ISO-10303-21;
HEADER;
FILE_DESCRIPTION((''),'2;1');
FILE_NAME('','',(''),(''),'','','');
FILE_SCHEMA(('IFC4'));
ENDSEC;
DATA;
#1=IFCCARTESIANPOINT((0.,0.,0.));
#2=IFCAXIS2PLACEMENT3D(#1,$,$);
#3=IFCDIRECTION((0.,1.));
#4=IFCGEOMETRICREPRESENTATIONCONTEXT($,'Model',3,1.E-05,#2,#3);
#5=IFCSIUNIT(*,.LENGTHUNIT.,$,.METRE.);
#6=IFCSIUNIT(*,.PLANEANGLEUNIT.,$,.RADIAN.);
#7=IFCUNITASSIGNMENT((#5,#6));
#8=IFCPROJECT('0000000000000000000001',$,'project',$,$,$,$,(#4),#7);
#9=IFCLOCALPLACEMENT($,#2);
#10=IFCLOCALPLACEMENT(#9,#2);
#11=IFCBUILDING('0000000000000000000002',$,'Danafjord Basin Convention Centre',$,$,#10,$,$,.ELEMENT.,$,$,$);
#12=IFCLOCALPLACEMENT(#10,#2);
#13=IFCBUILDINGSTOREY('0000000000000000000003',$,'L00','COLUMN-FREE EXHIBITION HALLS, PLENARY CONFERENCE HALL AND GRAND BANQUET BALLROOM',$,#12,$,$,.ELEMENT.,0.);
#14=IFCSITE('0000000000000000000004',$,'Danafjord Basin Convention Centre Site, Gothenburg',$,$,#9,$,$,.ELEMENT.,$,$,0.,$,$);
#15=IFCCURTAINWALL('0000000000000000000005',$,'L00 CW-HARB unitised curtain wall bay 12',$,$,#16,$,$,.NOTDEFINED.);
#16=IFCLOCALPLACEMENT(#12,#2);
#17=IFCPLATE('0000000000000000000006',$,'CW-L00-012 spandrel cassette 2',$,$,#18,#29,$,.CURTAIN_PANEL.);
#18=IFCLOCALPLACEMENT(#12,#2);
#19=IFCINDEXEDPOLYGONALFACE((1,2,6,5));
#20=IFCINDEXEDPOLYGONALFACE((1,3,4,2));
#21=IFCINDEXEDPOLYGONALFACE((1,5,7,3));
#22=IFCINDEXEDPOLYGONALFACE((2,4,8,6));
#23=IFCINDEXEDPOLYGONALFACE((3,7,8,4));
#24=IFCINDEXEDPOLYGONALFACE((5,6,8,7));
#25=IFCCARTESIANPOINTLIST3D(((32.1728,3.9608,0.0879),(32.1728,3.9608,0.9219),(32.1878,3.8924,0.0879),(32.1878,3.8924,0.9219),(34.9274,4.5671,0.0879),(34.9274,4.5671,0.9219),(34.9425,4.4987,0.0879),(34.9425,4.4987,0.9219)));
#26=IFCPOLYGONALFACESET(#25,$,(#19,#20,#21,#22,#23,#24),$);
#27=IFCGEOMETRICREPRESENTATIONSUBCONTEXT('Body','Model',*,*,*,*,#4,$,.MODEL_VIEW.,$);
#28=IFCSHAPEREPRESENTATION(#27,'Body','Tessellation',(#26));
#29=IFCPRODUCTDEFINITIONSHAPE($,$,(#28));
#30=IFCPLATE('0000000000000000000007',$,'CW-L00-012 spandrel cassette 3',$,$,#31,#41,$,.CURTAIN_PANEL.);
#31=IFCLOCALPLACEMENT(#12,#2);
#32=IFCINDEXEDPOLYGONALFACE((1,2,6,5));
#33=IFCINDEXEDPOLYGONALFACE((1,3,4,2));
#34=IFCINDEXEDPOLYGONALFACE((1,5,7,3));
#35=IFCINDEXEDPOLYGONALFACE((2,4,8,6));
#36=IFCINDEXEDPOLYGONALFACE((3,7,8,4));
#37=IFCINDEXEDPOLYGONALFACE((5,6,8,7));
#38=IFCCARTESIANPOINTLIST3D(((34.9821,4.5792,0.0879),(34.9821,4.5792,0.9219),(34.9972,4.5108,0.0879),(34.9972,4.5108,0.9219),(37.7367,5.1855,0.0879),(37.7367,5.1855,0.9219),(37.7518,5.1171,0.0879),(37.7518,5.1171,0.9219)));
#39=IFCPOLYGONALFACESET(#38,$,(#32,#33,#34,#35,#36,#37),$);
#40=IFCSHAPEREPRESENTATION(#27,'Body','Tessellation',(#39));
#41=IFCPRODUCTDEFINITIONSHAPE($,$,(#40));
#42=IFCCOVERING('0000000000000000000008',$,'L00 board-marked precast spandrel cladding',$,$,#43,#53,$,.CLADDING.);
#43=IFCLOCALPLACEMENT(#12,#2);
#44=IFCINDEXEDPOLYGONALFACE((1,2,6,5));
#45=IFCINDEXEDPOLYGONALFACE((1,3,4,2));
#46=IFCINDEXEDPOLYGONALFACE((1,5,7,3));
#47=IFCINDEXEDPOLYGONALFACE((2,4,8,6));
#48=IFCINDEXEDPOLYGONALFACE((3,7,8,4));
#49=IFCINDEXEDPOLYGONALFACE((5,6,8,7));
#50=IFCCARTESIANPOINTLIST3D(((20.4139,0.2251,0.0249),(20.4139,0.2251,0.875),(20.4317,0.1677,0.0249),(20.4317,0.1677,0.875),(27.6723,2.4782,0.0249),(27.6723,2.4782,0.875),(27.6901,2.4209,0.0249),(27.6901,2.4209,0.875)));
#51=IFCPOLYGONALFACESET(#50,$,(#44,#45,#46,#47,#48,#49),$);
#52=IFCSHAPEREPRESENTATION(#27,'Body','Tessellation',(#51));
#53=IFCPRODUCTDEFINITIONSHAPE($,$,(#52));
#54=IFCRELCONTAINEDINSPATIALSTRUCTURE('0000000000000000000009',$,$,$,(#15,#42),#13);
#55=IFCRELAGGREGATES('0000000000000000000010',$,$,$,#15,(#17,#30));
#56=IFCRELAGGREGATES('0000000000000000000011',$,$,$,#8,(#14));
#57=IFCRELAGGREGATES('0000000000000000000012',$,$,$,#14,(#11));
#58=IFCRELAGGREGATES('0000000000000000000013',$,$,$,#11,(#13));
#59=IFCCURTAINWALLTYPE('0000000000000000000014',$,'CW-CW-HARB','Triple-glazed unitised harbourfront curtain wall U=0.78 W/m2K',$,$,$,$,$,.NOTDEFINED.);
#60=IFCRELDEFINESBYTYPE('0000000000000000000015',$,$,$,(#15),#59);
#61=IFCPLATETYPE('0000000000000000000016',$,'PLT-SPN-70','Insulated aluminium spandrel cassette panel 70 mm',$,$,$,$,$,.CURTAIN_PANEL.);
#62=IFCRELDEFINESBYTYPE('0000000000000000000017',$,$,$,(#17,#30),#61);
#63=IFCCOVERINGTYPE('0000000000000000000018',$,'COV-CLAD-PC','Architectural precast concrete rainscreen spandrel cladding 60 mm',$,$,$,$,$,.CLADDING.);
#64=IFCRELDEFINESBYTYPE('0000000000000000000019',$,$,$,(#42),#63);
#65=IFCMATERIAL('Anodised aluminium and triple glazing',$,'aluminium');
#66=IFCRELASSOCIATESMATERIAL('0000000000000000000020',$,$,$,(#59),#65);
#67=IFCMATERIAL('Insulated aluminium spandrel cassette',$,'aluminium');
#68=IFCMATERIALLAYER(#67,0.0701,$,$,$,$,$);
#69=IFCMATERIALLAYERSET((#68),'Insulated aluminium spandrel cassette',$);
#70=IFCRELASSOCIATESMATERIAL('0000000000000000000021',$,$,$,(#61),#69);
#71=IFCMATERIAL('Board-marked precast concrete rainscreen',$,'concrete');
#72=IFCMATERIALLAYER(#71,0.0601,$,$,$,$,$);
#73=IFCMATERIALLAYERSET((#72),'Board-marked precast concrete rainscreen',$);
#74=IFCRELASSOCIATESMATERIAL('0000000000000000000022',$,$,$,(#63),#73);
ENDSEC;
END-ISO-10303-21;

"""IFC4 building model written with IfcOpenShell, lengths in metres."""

from ifc_helpers import new_model, si_unit, direction, frame, origin, origin_2d, place, context, subcontext, project, spatial, rectangle, extrude, material, layer, layer_set, type_object, element, aggregate, save


model = new_model("IFC4")

# Units and contexts
model_context = context("Model", 3, precision=1e-05, world=origin(), true_north=direction((0.0, 1.0)))
body_context = subcontext(model_context, "Body", "Model", "MODEL_VIEW")
ifc_project = project(units=[si_unit("LENGTHUNIT", "METRE"), si_unit("PLANEANGLEUNIT", "RADIAN")], contexts=[model_context])

# Site, building, storey
site_placement = place(None, origin())
site = spatial("IfcSite", under=ifc_project, at=site_placement, Name="Danafjord Basin Convention Centre Site, Gothenburg", CompositionType="ELEMENT", RefElevation=0.0)
building_placement = place(site_placement, origin())
building = spatial("IfcBuilding", under=site, at=building_placement, Name="Danafjord Basin Convention Centre", CompositionType="ELEMENT")
storey_placement = place(building_placement, origin())
storey = spatial("IfcBuildingStorey", under=building, at=storey_placement, Name="L00", Description="COLUMN-FREE EXHIBITION HALLS, PLENARY CONFERENCE HALL AND GRAND BANQUET BALLROOM", CompositionType="ELEMENT", Elevation=0.0)

# Curtain wall
ifc_material_1 = material(Name="Anodised aluminium and triple glazing", Category="aluminium")
curtain_wall_type = type_object("IfcCurtainWallType", Name="CW-CW-HARB", Description="Triple-glazed unitised harbourfront curtain wall U=0.78 W/m2K", PredefinedType="NOTDEFINED", material=ifc_material_1)
curtain_wall_placement = place(storey_placement, origin())
curtain_wall = element("IfcCurtainWall", 1, at=curtain_wall_placement, inside=storey, type_object=curtain_wall_type, Name="L00 CW-HARB unitised curtain wall bay 12", PredefinedType="NOTDEFINED")

# Plates
ifc_material_2 = material(Name="Insulated aluminium spandrel cassette", Category="aluminium")
ifc_layer_1 = layer(ifc_material_2, 0.0701)
ifc_layer_set_1 = layer_set([ifc_layer_1], Name="Insulated aluminium spandrel cassette")
plate_type_1 = type_object("IfcPlateType", Name="PLT-SPN-70", Description="Insulated aluminium spandrel cassette panel 70 mm", PredefinedType="CURTAIN_PANEL", material=ifc_layer_set_1)
plate_1_placement = place(storey_placement, frame((33.5576, 4.2297, 0.0879), z_axis=(0.0, 0.0, 1.0), x_axis=(0.976623, 0.214959, 0.0)))
plate_1 = element("IfcPlate", 2, at=plate_1_placement, type_object=plate_type_1, Name="CW-L00-012 spandrel cassette 2", PredefinedType="CURTAIN_PANEL", context=body_context, shape_type="SweptSolid", body=[
    extrude(rectangle(XDim=2.8206, YDim=0.0701, at=origin_2d()), origin(), (0.0, 0.0, 1.0), 0.834),
])
plate_2_placement = place(storey_placement, frame((36.3669, 4.8481, 0.0879), z_axis=(0.0, 0.0, 1.0), x_axis=(0.976623, 0.214959, 0.0)))
plate_2 = element("IfcPlate", 3, at=plate_2_placement, type_object=plate_type_1, Name="CW-L00-012 spandrel cassette 3", PredefinedType="CURTAIN_PANEL", context=body_context, shape_type="SweptSolid", body=[
    extrude(rectangle(XDim=2.8206, YDim=0.0701, at=origin_2d()), origin(), (0.0, 0.0, 1.0), 0.834),
])
aggregate(curtain_wall, [plate_1, plate_2])

# Covering
ifc_material_3 = material(Name="Board-marked precast concrete rainscreen", Category="concrete")
ifc_layer_2 = layer(ifc_material_3, 0.0601)
ifc_layer_set_2 = layer_set([ifc_layer_2], Name="Board-marked precast concrete rainscreen")
covering_type = type_object("IfcCoveringType", Name="COV-CLAD-PC", Description="Architectural precast concrete rainscreen spandrel cladding 60 mm", PredefinedType="CLADDING", material=ifc_layer_set_2)
covering_placement = place(storey_placement, frame((24.052, 1.323, 0.0249), z_axis=(0.0, 0.0, 1.0), x_axis=(0.955045, 0.296462, 0.0)))
element("IfcCovering", 4, at=covering_placement, inside=storey, type_object=covering_type, Name="L00 board-marked precast spandrel cladding", PredefinedType="CLADDING", context=body_context, shape_type="SweptSolid", body=[
    extrude(rectangle(XDim=7.6001, YDim=0.0601, at=origin_2d()), origin(), (0.0, 0.0, 1.0), 0.8501),
])

save(model, "model.ifc")
